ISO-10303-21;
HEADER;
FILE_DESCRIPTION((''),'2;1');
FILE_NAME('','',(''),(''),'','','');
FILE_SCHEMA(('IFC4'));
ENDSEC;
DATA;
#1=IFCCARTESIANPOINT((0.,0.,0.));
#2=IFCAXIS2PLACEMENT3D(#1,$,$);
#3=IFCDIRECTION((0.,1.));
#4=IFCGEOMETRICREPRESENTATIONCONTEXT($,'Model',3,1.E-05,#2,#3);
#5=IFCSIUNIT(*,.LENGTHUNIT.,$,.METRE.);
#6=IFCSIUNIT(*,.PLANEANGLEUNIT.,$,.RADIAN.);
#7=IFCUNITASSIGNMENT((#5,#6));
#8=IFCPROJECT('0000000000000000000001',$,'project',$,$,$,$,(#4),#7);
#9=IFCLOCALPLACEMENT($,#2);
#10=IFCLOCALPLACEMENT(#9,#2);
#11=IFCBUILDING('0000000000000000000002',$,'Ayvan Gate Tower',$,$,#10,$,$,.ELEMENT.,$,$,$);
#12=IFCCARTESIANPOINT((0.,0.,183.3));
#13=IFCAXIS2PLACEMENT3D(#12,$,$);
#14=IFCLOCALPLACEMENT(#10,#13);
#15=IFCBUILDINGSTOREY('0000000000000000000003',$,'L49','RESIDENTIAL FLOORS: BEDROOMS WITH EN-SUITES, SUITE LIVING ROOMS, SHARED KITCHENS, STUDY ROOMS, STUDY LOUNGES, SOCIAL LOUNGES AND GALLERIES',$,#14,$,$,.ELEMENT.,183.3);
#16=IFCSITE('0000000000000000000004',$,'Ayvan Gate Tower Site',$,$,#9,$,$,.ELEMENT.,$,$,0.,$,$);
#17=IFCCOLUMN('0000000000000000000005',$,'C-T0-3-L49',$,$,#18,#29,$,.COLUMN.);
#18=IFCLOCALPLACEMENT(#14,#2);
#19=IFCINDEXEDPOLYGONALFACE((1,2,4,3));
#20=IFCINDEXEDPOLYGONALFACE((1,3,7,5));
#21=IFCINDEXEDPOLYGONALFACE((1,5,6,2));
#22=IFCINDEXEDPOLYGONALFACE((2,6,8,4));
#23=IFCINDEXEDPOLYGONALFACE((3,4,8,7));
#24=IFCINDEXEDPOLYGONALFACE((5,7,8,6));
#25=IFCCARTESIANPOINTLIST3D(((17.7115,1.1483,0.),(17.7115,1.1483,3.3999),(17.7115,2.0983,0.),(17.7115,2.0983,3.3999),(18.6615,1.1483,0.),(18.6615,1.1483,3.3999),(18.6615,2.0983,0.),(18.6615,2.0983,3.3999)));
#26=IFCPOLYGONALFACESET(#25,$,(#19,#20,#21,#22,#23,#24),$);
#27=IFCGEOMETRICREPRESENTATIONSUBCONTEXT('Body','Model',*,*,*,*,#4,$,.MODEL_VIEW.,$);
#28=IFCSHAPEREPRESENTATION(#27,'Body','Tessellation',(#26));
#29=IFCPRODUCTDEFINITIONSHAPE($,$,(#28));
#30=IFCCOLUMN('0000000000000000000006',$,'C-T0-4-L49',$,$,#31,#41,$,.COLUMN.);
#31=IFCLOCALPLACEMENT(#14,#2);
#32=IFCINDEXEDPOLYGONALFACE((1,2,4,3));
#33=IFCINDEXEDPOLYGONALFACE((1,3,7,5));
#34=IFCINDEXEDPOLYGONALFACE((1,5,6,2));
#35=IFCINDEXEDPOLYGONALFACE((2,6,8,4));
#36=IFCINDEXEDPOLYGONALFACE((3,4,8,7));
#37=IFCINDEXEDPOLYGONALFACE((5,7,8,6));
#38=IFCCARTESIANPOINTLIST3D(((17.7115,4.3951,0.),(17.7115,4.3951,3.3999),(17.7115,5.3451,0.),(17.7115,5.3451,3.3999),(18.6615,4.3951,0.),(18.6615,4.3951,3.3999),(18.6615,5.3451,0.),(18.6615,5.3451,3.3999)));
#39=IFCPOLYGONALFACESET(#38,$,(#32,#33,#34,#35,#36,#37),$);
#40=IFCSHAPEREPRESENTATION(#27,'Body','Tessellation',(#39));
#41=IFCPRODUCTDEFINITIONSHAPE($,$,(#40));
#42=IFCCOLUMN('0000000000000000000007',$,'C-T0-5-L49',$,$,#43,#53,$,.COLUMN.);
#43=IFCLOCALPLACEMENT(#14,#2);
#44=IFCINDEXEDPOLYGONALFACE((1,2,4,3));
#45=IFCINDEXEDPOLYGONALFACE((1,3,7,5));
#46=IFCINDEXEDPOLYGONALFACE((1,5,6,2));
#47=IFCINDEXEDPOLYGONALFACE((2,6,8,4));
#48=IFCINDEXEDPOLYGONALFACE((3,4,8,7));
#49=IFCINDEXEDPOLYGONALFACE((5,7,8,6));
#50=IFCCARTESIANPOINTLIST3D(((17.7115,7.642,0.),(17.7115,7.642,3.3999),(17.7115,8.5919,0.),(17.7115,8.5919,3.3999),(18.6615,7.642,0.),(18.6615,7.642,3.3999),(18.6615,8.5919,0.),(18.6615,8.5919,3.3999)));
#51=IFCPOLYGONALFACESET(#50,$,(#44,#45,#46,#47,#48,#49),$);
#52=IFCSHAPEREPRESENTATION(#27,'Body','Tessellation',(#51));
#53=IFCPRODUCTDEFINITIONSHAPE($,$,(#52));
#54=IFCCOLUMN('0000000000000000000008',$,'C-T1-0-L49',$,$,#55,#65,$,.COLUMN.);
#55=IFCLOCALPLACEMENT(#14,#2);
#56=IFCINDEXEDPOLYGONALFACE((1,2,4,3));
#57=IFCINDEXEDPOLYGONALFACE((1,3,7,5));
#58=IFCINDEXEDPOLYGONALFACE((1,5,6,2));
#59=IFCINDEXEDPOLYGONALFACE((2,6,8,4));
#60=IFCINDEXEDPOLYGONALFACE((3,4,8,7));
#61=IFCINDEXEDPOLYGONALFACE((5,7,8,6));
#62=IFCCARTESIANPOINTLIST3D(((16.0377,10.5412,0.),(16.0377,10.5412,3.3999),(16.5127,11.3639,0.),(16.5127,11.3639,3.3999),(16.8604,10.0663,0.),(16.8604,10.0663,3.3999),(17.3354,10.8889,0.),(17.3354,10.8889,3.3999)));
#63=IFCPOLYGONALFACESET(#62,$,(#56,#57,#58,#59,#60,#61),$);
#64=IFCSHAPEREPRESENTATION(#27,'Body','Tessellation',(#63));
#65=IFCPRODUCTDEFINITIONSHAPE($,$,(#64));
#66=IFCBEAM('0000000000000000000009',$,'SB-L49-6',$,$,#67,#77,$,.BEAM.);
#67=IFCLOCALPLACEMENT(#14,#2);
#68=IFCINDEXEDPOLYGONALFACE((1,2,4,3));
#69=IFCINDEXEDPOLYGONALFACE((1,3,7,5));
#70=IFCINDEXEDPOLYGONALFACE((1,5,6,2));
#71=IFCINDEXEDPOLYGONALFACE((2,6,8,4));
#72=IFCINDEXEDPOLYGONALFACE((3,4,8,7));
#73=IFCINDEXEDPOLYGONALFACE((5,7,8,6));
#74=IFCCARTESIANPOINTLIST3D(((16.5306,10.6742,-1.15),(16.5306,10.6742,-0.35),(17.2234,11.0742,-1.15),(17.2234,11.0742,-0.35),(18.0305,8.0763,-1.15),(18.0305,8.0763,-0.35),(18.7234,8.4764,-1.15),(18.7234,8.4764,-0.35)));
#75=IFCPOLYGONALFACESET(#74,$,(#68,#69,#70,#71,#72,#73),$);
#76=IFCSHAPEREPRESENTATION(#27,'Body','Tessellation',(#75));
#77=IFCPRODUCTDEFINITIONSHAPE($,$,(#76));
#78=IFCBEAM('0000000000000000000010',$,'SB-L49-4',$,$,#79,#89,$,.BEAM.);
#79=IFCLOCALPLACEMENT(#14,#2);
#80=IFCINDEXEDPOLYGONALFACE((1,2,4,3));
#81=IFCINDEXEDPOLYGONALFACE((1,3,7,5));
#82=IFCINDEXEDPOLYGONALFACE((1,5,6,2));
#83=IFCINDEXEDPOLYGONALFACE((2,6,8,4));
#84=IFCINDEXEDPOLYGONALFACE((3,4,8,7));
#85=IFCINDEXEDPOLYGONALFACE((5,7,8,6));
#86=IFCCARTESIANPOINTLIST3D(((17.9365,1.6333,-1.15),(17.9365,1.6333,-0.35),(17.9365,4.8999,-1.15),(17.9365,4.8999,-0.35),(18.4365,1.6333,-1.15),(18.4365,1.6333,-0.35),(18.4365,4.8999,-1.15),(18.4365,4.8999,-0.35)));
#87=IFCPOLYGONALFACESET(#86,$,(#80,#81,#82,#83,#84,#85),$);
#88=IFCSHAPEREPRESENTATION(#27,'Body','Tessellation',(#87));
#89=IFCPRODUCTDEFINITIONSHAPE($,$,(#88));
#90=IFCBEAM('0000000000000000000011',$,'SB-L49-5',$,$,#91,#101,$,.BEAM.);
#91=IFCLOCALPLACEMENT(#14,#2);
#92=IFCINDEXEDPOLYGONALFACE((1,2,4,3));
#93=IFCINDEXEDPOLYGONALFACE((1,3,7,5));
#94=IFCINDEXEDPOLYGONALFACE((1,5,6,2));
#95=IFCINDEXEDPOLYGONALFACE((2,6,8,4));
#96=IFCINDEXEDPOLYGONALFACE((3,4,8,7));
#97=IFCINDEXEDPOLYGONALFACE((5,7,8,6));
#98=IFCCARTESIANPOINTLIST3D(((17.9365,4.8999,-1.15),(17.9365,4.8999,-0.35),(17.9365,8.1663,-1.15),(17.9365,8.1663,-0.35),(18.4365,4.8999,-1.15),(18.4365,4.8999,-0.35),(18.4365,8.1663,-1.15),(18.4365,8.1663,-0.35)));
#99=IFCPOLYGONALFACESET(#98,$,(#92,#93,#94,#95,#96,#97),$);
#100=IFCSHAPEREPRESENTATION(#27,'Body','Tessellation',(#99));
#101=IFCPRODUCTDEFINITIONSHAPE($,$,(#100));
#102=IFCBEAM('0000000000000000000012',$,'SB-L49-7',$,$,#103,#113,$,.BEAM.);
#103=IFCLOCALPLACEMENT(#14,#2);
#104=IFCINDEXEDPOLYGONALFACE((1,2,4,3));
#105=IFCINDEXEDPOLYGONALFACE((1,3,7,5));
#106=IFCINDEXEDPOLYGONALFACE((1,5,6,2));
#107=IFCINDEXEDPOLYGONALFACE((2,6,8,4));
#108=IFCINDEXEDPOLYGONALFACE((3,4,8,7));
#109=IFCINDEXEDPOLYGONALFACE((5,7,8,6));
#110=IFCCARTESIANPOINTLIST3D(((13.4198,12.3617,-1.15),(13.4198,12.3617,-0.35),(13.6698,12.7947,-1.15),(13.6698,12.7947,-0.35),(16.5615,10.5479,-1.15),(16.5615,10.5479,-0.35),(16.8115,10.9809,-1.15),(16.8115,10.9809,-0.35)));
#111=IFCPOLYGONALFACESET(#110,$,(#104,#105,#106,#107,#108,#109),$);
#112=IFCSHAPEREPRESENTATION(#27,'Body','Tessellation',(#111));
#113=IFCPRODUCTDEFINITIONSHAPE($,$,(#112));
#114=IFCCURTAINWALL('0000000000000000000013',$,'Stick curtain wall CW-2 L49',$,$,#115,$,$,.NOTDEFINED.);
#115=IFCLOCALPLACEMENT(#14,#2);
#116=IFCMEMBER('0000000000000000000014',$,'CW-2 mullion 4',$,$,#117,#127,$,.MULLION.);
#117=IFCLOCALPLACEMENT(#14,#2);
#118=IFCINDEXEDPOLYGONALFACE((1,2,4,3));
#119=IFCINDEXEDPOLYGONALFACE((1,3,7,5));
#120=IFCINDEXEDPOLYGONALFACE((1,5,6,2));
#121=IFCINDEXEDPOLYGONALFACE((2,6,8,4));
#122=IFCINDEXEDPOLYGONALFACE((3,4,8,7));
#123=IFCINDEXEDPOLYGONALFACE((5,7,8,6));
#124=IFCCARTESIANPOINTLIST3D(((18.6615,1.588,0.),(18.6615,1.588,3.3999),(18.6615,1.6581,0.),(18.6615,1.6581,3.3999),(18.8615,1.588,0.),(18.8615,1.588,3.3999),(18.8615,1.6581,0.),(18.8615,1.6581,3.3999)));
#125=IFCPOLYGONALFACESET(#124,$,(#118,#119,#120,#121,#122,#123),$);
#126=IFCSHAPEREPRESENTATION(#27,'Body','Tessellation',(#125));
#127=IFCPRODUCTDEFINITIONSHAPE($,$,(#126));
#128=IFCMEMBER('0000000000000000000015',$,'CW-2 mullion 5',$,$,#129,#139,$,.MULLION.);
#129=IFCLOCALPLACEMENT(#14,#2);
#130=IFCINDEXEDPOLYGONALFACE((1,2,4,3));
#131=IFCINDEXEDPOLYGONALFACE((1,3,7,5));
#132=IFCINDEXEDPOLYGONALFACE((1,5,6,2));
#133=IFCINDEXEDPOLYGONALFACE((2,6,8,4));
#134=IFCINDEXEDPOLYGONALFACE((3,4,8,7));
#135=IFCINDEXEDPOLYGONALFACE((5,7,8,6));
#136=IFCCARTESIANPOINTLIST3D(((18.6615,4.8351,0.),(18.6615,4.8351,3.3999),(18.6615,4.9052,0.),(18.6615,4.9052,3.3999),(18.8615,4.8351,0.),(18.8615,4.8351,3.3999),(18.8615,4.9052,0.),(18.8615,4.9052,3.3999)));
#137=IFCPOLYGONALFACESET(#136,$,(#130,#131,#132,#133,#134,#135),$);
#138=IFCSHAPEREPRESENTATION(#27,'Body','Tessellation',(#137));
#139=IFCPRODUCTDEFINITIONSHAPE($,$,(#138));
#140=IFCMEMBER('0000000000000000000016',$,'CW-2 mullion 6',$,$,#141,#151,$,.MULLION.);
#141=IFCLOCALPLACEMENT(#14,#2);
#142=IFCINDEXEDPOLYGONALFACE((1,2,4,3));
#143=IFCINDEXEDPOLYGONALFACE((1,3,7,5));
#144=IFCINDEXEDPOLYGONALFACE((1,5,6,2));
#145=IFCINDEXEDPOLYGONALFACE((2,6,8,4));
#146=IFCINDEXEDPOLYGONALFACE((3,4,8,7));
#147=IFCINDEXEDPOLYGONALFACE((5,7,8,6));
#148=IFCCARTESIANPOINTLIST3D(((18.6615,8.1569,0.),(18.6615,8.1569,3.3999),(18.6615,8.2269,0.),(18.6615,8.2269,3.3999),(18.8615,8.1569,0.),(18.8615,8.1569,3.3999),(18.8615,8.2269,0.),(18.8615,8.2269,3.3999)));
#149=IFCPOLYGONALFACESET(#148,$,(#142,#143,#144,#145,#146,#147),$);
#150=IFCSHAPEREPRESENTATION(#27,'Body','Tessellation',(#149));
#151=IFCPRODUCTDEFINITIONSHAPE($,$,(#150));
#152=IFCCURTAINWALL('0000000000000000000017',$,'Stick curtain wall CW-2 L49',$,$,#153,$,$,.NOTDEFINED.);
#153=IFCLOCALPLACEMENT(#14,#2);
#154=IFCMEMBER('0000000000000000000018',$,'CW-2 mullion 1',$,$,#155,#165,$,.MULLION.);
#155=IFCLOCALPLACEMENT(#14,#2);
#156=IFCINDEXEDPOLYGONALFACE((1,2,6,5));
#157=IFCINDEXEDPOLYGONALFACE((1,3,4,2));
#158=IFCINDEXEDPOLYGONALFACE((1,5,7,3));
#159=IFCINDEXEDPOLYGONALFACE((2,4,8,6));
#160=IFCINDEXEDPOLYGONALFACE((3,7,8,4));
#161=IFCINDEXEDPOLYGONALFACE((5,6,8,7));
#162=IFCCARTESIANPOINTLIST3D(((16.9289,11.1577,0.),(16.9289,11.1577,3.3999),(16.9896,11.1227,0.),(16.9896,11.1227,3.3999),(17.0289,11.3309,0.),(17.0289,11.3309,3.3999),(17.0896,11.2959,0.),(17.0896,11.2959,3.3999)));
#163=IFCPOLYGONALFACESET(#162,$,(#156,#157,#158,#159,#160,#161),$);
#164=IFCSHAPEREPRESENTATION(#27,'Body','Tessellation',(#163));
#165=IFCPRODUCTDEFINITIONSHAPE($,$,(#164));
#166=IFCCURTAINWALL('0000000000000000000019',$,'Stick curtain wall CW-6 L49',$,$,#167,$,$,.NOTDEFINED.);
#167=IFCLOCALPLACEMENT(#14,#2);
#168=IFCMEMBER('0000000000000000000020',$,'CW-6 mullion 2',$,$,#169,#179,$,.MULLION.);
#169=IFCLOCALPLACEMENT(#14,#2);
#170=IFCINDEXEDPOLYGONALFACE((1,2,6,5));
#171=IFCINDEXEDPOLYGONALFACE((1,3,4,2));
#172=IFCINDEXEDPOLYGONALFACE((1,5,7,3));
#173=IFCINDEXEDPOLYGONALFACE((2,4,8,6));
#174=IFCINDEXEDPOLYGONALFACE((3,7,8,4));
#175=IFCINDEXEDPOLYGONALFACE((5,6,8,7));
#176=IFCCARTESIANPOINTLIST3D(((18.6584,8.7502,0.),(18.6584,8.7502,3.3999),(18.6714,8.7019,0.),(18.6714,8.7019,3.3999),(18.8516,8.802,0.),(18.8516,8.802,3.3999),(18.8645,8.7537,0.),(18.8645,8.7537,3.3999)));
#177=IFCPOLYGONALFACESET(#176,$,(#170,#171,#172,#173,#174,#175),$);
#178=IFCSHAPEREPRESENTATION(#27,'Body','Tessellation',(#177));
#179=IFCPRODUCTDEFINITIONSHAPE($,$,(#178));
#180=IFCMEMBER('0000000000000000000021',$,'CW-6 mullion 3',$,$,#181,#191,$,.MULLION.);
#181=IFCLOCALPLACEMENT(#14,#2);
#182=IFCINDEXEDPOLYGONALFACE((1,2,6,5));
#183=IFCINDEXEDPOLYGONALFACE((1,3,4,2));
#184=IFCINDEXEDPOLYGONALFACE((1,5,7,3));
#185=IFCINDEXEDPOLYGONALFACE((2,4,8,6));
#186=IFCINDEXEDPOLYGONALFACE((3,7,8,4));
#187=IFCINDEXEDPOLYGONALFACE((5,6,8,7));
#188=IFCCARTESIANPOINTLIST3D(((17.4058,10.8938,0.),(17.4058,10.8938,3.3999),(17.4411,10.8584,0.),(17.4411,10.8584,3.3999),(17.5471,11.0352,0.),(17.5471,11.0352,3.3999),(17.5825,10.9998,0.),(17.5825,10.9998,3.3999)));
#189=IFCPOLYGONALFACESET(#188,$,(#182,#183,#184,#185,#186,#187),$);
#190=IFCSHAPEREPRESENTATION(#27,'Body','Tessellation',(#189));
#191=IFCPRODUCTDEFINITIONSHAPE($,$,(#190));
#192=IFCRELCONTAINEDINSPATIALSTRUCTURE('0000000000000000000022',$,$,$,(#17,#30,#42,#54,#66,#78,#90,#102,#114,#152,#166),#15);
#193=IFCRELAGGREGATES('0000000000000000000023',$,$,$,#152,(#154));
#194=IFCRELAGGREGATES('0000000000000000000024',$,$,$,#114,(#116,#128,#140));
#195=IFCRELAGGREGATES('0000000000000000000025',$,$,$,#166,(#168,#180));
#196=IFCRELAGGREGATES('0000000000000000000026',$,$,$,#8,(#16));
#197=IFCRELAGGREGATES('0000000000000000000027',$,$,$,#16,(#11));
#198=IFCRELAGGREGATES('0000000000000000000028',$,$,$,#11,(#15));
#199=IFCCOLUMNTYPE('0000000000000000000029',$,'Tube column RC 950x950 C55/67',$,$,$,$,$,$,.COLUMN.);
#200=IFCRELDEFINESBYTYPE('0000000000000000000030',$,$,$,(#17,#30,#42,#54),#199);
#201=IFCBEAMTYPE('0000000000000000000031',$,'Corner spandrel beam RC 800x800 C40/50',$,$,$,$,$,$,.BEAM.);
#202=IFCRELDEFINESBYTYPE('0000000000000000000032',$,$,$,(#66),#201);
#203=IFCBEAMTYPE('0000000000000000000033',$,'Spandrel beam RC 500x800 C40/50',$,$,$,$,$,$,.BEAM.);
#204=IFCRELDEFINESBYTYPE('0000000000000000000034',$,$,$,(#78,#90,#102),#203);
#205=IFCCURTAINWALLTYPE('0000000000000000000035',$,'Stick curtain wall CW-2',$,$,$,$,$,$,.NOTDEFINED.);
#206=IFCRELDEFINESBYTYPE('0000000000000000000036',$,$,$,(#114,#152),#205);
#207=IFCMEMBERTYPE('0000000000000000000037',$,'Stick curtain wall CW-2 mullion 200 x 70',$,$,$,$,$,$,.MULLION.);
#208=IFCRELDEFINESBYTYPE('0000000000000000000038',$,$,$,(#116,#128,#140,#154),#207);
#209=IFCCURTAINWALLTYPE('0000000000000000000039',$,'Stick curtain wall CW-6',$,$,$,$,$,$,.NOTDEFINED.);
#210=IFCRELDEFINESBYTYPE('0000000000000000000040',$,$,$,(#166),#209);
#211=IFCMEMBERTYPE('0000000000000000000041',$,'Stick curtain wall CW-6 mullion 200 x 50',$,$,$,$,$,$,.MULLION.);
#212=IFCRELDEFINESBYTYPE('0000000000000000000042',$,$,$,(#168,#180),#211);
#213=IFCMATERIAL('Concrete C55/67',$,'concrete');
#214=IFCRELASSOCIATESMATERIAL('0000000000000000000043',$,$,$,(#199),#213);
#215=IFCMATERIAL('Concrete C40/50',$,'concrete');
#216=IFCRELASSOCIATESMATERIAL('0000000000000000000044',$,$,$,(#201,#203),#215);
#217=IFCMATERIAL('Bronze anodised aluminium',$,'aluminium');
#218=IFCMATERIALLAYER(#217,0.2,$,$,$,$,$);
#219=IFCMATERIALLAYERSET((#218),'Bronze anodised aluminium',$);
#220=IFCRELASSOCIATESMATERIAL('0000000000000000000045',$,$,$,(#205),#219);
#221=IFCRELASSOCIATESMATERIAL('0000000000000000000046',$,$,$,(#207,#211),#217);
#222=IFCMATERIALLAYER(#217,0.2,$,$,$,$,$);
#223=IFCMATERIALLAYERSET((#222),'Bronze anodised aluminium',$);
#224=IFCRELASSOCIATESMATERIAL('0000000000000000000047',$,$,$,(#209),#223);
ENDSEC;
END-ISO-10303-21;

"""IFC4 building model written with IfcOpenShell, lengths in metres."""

from ifc_helpers import new_model, si_unit, direction, frame, origin, origin_2d, place, context, subcontext, project, spatial, rectangle, extrude, material, layer, layer_set, material_profile, profile_set, type_object, element, aggregate, save


model = new_model("IFC4")

# Units and contexts
model_context = context("Model", 3, precision=1e-05, world=origin(), true_north=direction((0.0, 1.0)))
body_context = subcontext(model_context, "Body", "Model", "MODEL_VIEW")
ifc_project = project(units=[si_unit("LENGTHUNIT", "METRE"), si_unit("PLANEANGLEUNIT", "RADIAN")], contexts=[model_context])

# Site, building, storey
site_placement = place(None, origin())
site = spatial("IfcSite", under=ifc_project, at=site_placement, Name="Ayvan Gate Tower Site", CompositionType="ELEMENT", RefElevation=0.0)
building_placement = place(site_placement, origin())
building = spatial("IfcBuilding", under=site, at=building_placement, Name="Ayvan Gate Tower", CompositionType="ELEMENT")
storey_placement = place(building_placement, frame((0.0, 0.0, 183.3)))
storey = spatial("IfcBuildingStorey", under=building, at=storey_placement, Name="L49", Description="RESIDENTIAL FLOORS: BEDROOMS WITH EN-SUITES, SUITE LIVING ROOMS, SHARED KITCHENS, STUDY ROOMS, STUDY LOUNGES, SOCIAL LOUNGES AND GALLERIES", CompositionType="ELEMENT", Elevation=183.3)

# Columns
ifc_material_1 = material(Name="Concrete C55/67", Category="concrete")
ifc_material_profile_1 = material_profile(ifc_material_1, rectangle(XDim=0.95, YDim=0.95, at=origin_2d()), Name="RC 950x950")
ifc_profile_set_1 = profile_set([ifc_material_profile_1], Name="Concrete C55/67")
column_type = type_object("IfcColumnType", Name="Tube column RC 950x950 C55/67", PredefinedType="COLUMN", material=ifc_profile_set_1)
for number, where, z_axis, x_axis, name in (
    (1, (18.1865, 1.6233, 0.0), (0.0, 0.0, 1.0), (1.0, 0.0, 0.0), "C-T0-3-L49"),
    (2, (18.1865, 4.8701, 0.0), (0.0, 0.0, 1.0), (1.0, 0.0, 0.0), "C-T0-4-L49"),
    (3, (18.1865, 8.1169, 0.0), (0.0, 0.0, 1.0), (1.0, 0.0, 0.0), "C-T0-5-L49"),
    (4, (16.6865, 10.7151, 0.0), (0.0, 0.0, 1.0), (0.5, 0.866025, 0.0), "C-T1-0-L49"),
):
    element("IfcColumn", number, at=place(storey_placement, frame(where, z_axis=z_axis, x_axis=x_axis)), inside=storey, type_object=column_type, Name=name, PredefinedType="COLUMN", context=body_context, shape_type="SweptSolid", body=[
        extrude(rectangle(XDim=0.95, YDim=0.95, at=origin_2d()), origin(), (0.0, 0.0, 1.0), 3.3999),
    ])

# Beams
ifc_material_2 = material(Name="Concrete C40/50", Category="concrete")
ifc_material_profile_2 = material_profile(ifc_material_2, rectangle(XDim=0.8, YDim=0.8, at=origin_2d()), Name="RC 800x800")
ifc_profile_set_2 = profile_set([ifc_material_profile_2], Name="Concrete C40/50")
beam_type_1 = type_object("IfcBeamType", Name="Corner spandrel beam RC 800x800 C40/50", PredefinedType="BEAM", material=ifc_profile_set_2)
beam_1_placement = place(storey_placement, frame((18.377, 8.2764, -0.75), z_axis=(-0.500025, 0.866011, 0.0), x_axis=(-0.866011, -0.500025, 0.0)))
element("IfcBeam", 5, at=beam_1_placement, inside=storey, type_object=beam_type_1, Name="SB-L49-6", PredefinedType="BEAM", context=body_context, shape_type="SweptSolid", body=[
    extrude(rectangle(XDim=0.8, YDim=0.8, at=origin_2d()), origin(), (0.0, 0.0, 1.0), 2.9998),
])
ifc_material_profile_3 = material_profile(ifc_material_2, rectangle(XDim=0.5, YDim=0.8, at=origin_2d()), Name="RC 500x800")
ifc_profile_set_3 = profile_set([ifc_material_profile_3], Name="Concrete C40/50")
beam_type_2 = type_object("IfcBeamType", Name="Spandrel beam RC 500x800 C40/50", PredefinedType="BEAM", material=ifc_profile_set_3)
beam_2_placement = place(storey_placement, frame((18.1865, 1.6333, -0.75), z_axis=(0.0, 1.0, 0.0), x_axis=(-1.0, 0.0, 0.0)))
element("IfcBeam", 6, at=beam_2_placement, inside=storey, type_object=beam_type_2, Name="SB-L49-4", PredefinedType="BEAM", context=body_context, shape_type="SweptSolid", body=[
    extrude(rectangle(XDim=0.5, YDim=0.8, at=origin_2d()), origin(), (0.0, 0.0, 1.0), 3.2666),
])
beam_3_placement = place(storey_placement, frame((18.1865, 4.8999, -0.75), z_axis=(0.0, 1.0, 0.0), x_axis=(-1.0, 0.0, 0.0)))
element("IfcBeam", 7, at=beam_3_placement, inside=storey, type_object=beam_type_2, Name="SB-L49-5", PredefinedType="BEAM", context=body_context, shape_type="SweptSolid", body=[
    extrude(rectangle(XDim=0.5, YDim=0.8, at=origin_2d()), origin(), (0.0, 0.0, 1.0), 3.2664),
])
beam_4_placement = place(storey_placement, frame((16.6865, 10.7644, -0.75), z_axis=(-0.866035, 0.499983, 0.0), x_axis=(-0.499983, -0.866035, 0.0)))
element("IfcBeam", 8, at=beam_4_placement, inside=storey, type_object=beam_type_2, Name="SB-L49-7", PredefinedType="BEAM", context=body_context, shape_type="SweptSolid", body=[
    extrude(rectangle(XDim=0.5, YDim=0.8, at=origin_2d()), origin(), (0.0, 0.0, 1.0), 3.6277),
])

# Curtain wall, members
ifc_material_3 = material(Name="Bronze anodised aluminium", Category="aluminium")
ifc_layer_1 = layer(ifc_material_3, 0.2)
ifc_layer_set_1 = layer_set([ifc_layer_1], Name="Bronze anodised aluminium")
curtain_wall_type_1 = type_object("IfcCurtainWallType", Name="Stick curtain wall CW-2", PredefinedType="NOTDEFINED", material=ifc_layer_set_1)
curtain_wall_1_placement = place(storey_placement, origin())
curtain_wall_1 = element("IfcCurtainWall", 9, at=curtain_wall_1_placement, inside=storey, type_object=curtain_wall_type_1, Name="Stick curtain wall CW-2 L49", PredefinedType="NOTDEFINED")
ifc_material_profile_4 = material_profile(ifc_material_3, rectangle(XDim=0.2, YDim=0.0701, at=origin_2d()), Name="Stick curtain wall CW-2 mullion 200 x 70")
ifc_profile_set_4 = profile_set([ifc_material_profile_4], Name="Bronze anodised aluminium")
member_type_1 = type_object("IfcMemberType", Name="Stick curtain wall CW-2 mullion 200 x 70", PredefinedType="MULLION", material=ifc_profile_set_4)
member_1_placement = place(storey_placement, frame((18.7615, 1.623, 0.0), z_axis=(0.0, 0.0, 1.0), x_axis=(1.0, 0.0, 0.0)))
member_1 = element("IfcMember", 10, at=member_1_placement, type_object=member_type_1, Name="CW-2 mullion 4", PredefinedType="MULLION", context=body_context, shape_type="SweptSolid", body=[
    extrude(rectangle(XDim=0.2, YDim=0.0701, at=origin_2d()), origin(), (0.0, 0.0, 1.0), 3.3999),
])
member_2_placement = place(storey_placement, frame((18.7615, 4.8701, 0.0), z_axis=(0.0, 0.0, 1.0), x_axis=(1.0, 0.0, 0.0)))
member_2 = element("IfcMember", 11, at=member_2_placement, type_object=member_type_1, Name="CW-2 mullion 5", PredefinedType="MULLION", context=body_context, shape_type="SweptSolid", body=[
    extrude(rectangle(XDim=0.2, YDim=0.0701, at=origin_2d()), origin(), (0.0, 0.0, 1.0), 3.3999),
])
member_3_placement = place(storey_placement, frame((18.7615, 8.1919, 0.0), z_axis=(0.0, 0.0, 1.0), x_axis=(1.0, 0.0, 0.0)))
member_3 = element("IfcMember", 12, at=member_3_placement, type_object=member_type_1, Name="CW-2 mullion 6", PredefinedType="MULLION", context=body_context, shape_type="SweptSolid", body=[
    extrude(rectangle(XDim=0.2, YDim=0.0701, at=origin_2d()), origin(), (0.0, 0.0, 1.0), 3.3999),
])

# Curtain wall, member
curtain_wall_2_placement = place(storey_placement, origin())
curtain_wall_2 = element("IfcCurtainWall", 13, at=curtain_wall_2_placement, inside=storey, type_object=curtain_wall_type_1, Name="Stick curtain wall CW-2 L49", PredefinedType="NOTDEFINED")
member_4_placement = place(storey_placement, frame((17.0093, 11.2268, 0.0), z_axis=(0.0, 0.0, 1.0), x_axis=(0.5, 0.866025, 0.0)))
member_4 = element("IfcMember", 14, at=member_4_placement, type_object=member_type_1, Name="CW-2 mullion 1", PredefinedType="MULLION", context=body_context, shape_type="SweptSolid", body=[
    extrude(rectangle(XDim=0.2, YDim=0.0701, at=origin_2d()), origin(), (0.0, 0.0, 1.0), 3.3999),
])
aggregate(curtain_wall_2, [member_4])

# Curtain wall, members
ifc_layer_2 = layer(ifc_material_3, 0.2)
ifc_layer_set_2 = layer_set([ifc_layer_2], Name="Bronze anodised aluminium")
curtain_wall_type_2 = type_object("IfcCurtainWallType", Name="Stick curtain wall CW-6", PredefinedType="NOTDEFINED", material=ifc_layer_set_2)
curtain_wall_3_placement = place(storey_placement, origin())
curtain_wall_3 = element("IfcCurtainWall", 15, at=curtain_wall_3_placement, inside=storey, type_object=curtain_wall_type_2, Name="Stick curtain wall CW-6 L49", PredefinedType="NOTDEFINED")
ifc_material_profile_5 = material_profile(ifc_material_3, rectangle(XDim=0.2, YDim=0.05, at=origin_2d()), Name="Stick curtain wall CW-6 mullion 200 x 50")
ifc_profile_set_5 = profile_set([ifc_material_profile_5], Name="Bronze anodised aluminium")
member_type_2 = type_object("IfcMemberType", Name="Stick curtain wall CW-6 mullion 200 x 50", PredefinedType="MULLION", material=ifc_profile_set_5)
member_5_placement = place(storey_placement, frame((18.7615, 8.752, 0.0), z_axis=(0.0, 0.0, 1.0), x_axis=(0.965926, 0.258819, 0.0)))
member_5 = element("IfcMember", 16, at=member_5_placement, type_object=member_type_2, Name="CW-6 mullion 2", PredefinedType="MULLION", context=body_context, shape_type="SweptSolid", body=[
    extrude(rectangle(XDim=0.2, YDim=0.05, at=origin_2d()), origin(), (0.0, 0.0, 1.0), 3.3999),
])
member_6_placement = place(storey_placement, frame((17.4941, 10.9468, 0.0), z_axis=(0.0, 0.0, 1.0), x_axis=(0.707107, 0.707107, 0.0)))
member_6 = element("IfcMember", 17, at=member_6_placement, type_object=member_type_2, Name="CW-6 mullion 3", PredefinedType="MULLION", context=body_context, shape_type="SweptSolid", body=[
    extrude(rectangle(XDim=0.2, YDim=0.05, at=origin_2d()), origin(), (0.0, 0.0, 1.0), 3.3999),
])

aggregate(curtain_wall_1, [member_1, member_2, member_3])
aggregate(curtain_wall_3, [member_5, member_6])

save(model, "model.ifc")
